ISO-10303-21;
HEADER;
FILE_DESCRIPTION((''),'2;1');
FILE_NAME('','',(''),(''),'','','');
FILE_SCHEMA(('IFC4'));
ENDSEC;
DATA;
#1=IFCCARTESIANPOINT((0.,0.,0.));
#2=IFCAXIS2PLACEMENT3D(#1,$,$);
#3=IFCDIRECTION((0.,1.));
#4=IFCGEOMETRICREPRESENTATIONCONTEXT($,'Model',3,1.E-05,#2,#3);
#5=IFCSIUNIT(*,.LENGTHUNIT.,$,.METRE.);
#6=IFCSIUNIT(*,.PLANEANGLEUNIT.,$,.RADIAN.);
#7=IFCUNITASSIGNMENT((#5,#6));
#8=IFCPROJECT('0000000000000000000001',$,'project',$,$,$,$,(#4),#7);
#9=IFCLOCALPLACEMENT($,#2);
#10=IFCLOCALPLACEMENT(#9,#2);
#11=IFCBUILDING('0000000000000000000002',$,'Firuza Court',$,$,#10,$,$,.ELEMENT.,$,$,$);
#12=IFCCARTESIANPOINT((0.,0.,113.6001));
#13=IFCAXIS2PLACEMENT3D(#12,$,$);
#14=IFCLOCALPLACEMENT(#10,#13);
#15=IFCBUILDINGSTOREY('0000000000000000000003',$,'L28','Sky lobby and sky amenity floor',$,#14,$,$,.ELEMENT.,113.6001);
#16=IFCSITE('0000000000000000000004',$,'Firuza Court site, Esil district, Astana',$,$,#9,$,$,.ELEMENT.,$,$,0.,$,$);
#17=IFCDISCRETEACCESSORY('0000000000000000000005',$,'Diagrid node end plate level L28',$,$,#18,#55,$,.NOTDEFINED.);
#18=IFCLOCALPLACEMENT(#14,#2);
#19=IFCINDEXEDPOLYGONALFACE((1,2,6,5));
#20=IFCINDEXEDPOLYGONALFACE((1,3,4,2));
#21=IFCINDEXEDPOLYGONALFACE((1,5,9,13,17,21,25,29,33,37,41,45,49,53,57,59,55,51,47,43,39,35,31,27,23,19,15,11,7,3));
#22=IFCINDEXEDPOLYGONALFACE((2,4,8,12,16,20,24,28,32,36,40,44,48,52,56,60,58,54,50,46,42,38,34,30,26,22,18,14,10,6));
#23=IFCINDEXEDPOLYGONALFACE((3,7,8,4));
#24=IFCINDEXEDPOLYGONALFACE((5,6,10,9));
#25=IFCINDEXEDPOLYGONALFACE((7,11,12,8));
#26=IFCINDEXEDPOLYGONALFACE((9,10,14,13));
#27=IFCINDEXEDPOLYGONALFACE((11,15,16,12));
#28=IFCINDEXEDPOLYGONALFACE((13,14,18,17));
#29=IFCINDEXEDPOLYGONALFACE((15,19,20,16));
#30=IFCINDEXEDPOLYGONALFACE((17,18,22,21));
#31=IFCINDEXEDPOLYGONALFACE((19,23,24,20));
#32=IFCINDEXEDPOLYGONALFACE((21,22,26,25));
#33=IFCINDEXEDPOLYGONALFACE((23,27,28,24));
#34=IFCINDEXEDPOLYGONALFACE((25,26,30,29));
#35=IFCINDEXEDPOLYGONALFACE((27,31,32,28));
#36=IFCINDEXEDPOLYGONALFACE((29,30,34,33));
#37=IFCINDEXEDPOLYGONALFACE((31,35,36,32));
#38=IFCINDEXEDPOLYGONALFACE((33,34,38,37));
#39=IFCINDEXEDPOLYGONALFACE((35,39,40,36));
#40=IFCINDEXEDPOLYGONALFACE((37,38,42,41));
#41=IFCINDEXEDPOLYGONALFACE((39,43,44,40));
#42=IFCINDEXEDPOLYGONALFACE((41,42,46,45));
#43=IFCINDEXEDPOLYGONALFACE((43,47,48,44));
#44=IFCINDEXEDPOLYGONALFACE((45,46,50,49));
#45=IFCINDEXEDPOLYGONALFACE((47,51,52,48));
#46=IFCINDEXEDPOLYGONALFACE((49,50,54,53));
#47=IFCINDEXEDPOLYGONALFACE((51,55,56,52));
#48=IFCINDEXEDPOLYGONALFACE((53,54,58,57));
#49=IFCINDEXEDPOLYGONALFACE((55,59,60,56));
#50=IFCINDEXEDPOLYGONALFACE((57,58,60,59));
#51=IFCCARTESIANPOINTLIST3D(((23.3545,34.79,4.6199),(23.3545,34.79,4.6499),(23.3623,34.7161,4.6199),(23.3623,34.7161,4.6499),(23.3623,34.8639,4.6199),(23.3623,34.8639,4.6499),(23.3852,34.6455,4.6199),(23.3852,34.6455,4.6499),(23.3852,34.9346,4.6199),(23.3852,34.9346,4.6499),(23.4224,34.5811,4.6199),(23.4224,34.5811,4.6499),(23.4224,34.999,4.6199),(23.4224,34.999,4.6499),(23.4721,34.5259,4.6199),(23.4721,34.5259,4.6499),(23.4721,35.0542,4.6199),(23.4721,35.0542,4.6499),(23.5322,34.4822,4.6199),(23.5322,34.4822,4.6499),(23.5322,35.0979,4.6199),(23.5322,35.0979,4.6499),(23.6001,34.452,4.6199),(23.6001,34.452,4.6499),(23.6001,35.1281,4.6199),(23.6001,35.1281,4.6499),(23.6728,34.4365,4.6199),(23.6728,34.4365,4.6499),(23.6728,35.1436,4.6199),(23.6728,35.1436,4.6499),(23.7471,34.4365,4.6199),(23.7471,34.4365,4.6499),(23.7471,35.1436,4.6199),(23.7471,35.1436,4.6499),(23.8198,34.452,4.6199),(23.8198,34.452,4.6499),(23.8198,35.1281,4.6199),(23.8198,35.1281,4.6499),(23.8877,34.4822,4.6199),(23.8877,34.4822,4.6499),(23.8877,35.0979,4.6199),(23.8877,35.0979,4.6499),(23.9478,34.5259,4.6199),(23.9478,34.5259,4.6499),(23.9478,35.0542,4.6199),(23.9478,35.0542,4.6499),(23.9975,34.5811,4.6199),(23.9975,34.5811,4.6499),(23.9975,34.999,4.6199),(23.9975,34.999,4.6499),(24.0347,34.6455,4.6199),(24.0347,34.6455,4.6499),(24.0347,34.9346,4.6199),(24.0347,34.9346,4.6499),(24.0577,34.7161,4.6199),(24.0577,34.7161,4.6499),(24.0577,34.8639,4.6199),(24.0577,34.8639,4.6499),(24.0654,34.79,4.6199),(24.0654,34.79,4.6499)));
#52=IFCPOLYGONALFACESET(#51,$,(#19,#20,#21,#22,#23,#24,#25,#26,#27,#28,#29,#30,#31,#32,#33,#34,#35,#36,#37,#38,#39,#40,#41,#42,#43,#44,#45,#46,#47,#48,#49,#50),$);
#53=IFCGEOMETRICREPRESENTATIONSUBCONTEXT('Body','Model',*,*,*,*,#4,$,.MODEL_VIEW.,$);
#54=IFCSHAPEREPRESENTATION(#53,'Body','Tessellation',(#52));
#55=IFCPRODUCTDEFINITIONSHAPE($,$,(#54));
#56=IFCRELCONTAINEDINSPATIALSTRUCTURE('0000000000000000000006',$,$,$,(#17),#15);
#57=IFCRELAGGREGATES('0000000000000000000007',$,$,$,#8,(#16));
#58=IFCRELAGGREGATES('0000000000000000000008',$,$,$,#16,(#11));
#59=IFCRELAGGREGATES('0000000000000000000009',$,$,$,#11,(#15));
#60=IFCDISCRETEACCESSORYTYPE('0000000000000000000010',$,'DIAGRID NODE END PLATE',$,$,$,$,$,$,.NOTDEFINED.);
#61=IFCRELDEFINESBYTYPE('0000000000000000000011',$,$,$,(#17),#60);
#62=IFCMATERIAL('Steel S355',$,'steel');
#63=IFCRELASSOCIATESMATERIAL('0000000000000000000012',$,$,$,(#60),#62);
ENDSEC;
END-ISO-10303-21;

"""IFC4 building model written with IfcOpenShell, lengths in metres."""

from ifc_helpers import new_model, si_unit, direction, frame, origin, origin_2d, place, context, subcontext, project, spatial, circle, extrude, material, material_profile, profile_set, type_object, element, save


model = new_model("IFC4")

# Units and contexts
model_context = context("Model", 3, precision=1e-05, world=origin(), true_north=direction((0.0, 1.0)))
body_context = subcontext(model_context, "Body", "Model", "MODEL_VIEW")
ifc_project = project(units=[si_unit("LENGTHUNIT", "METRE"), si_unit("PLANEANGLEUNIT", "RADIAN")], contexts=[model_context])

# Site, building, storey
site_placement = place(None, origin())
site = spatial("IfcSite", under=ifc_project, at=site_placement, Name="Firuza Court site, Esil district, Astana", CompositionType="ELEMENT", RefElevation=0.0)
building_placement = place(site_placement, origin())
building = spatial("IfcBuilding", under=site, at=building_placement, Name="Firuza Court", CompositionType="ELEMENT")
storey_placement = place(building_placement, frame((0.0, 0.0, 113.6001)))
storey = spatial("IfcBuildingStorey", under=building, at=storey_placement, Name="L28", Description="Sky lobby and sky amenity floor", CompositionType="ELEMENT", Elevation=113.6001)

# Discrete accessory
ifc_material_1 = material(Name="Steel S355", Category="steel")
ifc_material_profile_1 = material_profile(ifc_material_1, circle(Radius=0.3555, at=origin_2d()), Name="PL D711")
ifc_profile_set_1 = profile_set([ifc_material_profile_1], Name="Steel S355")
discrete_accessory_type = type_object("IfcDiscreteAccessoryType", Name="DIAGRID NODE END PLATE", PredefinedType="NOTDEFINED", material=ifc_profile_set_1)
discrete_accessory_1_placement = place(storey_placement, frame((23.71, 34.79, 4.6199), z_axis=(0.0, 0.0, 1.0), x_axis=(1.0, 0.0, 0.0)))
element("IfcDiscreteAccessory", 1, at=discrete_accessory_1_placement, inside=storey, type_object=discrete_accessory_type, Name="Diagrid node end plate level L28", PredefinedType="NOTDEFINED", context=body_context, shape_type="SweptSolid", body=[
    extrude(circle(Radius=0.3555, at=origin_2d()), origin(), (0.0, 0.0, 1.0), 0.03),
])

save(model, "model.ifc")
